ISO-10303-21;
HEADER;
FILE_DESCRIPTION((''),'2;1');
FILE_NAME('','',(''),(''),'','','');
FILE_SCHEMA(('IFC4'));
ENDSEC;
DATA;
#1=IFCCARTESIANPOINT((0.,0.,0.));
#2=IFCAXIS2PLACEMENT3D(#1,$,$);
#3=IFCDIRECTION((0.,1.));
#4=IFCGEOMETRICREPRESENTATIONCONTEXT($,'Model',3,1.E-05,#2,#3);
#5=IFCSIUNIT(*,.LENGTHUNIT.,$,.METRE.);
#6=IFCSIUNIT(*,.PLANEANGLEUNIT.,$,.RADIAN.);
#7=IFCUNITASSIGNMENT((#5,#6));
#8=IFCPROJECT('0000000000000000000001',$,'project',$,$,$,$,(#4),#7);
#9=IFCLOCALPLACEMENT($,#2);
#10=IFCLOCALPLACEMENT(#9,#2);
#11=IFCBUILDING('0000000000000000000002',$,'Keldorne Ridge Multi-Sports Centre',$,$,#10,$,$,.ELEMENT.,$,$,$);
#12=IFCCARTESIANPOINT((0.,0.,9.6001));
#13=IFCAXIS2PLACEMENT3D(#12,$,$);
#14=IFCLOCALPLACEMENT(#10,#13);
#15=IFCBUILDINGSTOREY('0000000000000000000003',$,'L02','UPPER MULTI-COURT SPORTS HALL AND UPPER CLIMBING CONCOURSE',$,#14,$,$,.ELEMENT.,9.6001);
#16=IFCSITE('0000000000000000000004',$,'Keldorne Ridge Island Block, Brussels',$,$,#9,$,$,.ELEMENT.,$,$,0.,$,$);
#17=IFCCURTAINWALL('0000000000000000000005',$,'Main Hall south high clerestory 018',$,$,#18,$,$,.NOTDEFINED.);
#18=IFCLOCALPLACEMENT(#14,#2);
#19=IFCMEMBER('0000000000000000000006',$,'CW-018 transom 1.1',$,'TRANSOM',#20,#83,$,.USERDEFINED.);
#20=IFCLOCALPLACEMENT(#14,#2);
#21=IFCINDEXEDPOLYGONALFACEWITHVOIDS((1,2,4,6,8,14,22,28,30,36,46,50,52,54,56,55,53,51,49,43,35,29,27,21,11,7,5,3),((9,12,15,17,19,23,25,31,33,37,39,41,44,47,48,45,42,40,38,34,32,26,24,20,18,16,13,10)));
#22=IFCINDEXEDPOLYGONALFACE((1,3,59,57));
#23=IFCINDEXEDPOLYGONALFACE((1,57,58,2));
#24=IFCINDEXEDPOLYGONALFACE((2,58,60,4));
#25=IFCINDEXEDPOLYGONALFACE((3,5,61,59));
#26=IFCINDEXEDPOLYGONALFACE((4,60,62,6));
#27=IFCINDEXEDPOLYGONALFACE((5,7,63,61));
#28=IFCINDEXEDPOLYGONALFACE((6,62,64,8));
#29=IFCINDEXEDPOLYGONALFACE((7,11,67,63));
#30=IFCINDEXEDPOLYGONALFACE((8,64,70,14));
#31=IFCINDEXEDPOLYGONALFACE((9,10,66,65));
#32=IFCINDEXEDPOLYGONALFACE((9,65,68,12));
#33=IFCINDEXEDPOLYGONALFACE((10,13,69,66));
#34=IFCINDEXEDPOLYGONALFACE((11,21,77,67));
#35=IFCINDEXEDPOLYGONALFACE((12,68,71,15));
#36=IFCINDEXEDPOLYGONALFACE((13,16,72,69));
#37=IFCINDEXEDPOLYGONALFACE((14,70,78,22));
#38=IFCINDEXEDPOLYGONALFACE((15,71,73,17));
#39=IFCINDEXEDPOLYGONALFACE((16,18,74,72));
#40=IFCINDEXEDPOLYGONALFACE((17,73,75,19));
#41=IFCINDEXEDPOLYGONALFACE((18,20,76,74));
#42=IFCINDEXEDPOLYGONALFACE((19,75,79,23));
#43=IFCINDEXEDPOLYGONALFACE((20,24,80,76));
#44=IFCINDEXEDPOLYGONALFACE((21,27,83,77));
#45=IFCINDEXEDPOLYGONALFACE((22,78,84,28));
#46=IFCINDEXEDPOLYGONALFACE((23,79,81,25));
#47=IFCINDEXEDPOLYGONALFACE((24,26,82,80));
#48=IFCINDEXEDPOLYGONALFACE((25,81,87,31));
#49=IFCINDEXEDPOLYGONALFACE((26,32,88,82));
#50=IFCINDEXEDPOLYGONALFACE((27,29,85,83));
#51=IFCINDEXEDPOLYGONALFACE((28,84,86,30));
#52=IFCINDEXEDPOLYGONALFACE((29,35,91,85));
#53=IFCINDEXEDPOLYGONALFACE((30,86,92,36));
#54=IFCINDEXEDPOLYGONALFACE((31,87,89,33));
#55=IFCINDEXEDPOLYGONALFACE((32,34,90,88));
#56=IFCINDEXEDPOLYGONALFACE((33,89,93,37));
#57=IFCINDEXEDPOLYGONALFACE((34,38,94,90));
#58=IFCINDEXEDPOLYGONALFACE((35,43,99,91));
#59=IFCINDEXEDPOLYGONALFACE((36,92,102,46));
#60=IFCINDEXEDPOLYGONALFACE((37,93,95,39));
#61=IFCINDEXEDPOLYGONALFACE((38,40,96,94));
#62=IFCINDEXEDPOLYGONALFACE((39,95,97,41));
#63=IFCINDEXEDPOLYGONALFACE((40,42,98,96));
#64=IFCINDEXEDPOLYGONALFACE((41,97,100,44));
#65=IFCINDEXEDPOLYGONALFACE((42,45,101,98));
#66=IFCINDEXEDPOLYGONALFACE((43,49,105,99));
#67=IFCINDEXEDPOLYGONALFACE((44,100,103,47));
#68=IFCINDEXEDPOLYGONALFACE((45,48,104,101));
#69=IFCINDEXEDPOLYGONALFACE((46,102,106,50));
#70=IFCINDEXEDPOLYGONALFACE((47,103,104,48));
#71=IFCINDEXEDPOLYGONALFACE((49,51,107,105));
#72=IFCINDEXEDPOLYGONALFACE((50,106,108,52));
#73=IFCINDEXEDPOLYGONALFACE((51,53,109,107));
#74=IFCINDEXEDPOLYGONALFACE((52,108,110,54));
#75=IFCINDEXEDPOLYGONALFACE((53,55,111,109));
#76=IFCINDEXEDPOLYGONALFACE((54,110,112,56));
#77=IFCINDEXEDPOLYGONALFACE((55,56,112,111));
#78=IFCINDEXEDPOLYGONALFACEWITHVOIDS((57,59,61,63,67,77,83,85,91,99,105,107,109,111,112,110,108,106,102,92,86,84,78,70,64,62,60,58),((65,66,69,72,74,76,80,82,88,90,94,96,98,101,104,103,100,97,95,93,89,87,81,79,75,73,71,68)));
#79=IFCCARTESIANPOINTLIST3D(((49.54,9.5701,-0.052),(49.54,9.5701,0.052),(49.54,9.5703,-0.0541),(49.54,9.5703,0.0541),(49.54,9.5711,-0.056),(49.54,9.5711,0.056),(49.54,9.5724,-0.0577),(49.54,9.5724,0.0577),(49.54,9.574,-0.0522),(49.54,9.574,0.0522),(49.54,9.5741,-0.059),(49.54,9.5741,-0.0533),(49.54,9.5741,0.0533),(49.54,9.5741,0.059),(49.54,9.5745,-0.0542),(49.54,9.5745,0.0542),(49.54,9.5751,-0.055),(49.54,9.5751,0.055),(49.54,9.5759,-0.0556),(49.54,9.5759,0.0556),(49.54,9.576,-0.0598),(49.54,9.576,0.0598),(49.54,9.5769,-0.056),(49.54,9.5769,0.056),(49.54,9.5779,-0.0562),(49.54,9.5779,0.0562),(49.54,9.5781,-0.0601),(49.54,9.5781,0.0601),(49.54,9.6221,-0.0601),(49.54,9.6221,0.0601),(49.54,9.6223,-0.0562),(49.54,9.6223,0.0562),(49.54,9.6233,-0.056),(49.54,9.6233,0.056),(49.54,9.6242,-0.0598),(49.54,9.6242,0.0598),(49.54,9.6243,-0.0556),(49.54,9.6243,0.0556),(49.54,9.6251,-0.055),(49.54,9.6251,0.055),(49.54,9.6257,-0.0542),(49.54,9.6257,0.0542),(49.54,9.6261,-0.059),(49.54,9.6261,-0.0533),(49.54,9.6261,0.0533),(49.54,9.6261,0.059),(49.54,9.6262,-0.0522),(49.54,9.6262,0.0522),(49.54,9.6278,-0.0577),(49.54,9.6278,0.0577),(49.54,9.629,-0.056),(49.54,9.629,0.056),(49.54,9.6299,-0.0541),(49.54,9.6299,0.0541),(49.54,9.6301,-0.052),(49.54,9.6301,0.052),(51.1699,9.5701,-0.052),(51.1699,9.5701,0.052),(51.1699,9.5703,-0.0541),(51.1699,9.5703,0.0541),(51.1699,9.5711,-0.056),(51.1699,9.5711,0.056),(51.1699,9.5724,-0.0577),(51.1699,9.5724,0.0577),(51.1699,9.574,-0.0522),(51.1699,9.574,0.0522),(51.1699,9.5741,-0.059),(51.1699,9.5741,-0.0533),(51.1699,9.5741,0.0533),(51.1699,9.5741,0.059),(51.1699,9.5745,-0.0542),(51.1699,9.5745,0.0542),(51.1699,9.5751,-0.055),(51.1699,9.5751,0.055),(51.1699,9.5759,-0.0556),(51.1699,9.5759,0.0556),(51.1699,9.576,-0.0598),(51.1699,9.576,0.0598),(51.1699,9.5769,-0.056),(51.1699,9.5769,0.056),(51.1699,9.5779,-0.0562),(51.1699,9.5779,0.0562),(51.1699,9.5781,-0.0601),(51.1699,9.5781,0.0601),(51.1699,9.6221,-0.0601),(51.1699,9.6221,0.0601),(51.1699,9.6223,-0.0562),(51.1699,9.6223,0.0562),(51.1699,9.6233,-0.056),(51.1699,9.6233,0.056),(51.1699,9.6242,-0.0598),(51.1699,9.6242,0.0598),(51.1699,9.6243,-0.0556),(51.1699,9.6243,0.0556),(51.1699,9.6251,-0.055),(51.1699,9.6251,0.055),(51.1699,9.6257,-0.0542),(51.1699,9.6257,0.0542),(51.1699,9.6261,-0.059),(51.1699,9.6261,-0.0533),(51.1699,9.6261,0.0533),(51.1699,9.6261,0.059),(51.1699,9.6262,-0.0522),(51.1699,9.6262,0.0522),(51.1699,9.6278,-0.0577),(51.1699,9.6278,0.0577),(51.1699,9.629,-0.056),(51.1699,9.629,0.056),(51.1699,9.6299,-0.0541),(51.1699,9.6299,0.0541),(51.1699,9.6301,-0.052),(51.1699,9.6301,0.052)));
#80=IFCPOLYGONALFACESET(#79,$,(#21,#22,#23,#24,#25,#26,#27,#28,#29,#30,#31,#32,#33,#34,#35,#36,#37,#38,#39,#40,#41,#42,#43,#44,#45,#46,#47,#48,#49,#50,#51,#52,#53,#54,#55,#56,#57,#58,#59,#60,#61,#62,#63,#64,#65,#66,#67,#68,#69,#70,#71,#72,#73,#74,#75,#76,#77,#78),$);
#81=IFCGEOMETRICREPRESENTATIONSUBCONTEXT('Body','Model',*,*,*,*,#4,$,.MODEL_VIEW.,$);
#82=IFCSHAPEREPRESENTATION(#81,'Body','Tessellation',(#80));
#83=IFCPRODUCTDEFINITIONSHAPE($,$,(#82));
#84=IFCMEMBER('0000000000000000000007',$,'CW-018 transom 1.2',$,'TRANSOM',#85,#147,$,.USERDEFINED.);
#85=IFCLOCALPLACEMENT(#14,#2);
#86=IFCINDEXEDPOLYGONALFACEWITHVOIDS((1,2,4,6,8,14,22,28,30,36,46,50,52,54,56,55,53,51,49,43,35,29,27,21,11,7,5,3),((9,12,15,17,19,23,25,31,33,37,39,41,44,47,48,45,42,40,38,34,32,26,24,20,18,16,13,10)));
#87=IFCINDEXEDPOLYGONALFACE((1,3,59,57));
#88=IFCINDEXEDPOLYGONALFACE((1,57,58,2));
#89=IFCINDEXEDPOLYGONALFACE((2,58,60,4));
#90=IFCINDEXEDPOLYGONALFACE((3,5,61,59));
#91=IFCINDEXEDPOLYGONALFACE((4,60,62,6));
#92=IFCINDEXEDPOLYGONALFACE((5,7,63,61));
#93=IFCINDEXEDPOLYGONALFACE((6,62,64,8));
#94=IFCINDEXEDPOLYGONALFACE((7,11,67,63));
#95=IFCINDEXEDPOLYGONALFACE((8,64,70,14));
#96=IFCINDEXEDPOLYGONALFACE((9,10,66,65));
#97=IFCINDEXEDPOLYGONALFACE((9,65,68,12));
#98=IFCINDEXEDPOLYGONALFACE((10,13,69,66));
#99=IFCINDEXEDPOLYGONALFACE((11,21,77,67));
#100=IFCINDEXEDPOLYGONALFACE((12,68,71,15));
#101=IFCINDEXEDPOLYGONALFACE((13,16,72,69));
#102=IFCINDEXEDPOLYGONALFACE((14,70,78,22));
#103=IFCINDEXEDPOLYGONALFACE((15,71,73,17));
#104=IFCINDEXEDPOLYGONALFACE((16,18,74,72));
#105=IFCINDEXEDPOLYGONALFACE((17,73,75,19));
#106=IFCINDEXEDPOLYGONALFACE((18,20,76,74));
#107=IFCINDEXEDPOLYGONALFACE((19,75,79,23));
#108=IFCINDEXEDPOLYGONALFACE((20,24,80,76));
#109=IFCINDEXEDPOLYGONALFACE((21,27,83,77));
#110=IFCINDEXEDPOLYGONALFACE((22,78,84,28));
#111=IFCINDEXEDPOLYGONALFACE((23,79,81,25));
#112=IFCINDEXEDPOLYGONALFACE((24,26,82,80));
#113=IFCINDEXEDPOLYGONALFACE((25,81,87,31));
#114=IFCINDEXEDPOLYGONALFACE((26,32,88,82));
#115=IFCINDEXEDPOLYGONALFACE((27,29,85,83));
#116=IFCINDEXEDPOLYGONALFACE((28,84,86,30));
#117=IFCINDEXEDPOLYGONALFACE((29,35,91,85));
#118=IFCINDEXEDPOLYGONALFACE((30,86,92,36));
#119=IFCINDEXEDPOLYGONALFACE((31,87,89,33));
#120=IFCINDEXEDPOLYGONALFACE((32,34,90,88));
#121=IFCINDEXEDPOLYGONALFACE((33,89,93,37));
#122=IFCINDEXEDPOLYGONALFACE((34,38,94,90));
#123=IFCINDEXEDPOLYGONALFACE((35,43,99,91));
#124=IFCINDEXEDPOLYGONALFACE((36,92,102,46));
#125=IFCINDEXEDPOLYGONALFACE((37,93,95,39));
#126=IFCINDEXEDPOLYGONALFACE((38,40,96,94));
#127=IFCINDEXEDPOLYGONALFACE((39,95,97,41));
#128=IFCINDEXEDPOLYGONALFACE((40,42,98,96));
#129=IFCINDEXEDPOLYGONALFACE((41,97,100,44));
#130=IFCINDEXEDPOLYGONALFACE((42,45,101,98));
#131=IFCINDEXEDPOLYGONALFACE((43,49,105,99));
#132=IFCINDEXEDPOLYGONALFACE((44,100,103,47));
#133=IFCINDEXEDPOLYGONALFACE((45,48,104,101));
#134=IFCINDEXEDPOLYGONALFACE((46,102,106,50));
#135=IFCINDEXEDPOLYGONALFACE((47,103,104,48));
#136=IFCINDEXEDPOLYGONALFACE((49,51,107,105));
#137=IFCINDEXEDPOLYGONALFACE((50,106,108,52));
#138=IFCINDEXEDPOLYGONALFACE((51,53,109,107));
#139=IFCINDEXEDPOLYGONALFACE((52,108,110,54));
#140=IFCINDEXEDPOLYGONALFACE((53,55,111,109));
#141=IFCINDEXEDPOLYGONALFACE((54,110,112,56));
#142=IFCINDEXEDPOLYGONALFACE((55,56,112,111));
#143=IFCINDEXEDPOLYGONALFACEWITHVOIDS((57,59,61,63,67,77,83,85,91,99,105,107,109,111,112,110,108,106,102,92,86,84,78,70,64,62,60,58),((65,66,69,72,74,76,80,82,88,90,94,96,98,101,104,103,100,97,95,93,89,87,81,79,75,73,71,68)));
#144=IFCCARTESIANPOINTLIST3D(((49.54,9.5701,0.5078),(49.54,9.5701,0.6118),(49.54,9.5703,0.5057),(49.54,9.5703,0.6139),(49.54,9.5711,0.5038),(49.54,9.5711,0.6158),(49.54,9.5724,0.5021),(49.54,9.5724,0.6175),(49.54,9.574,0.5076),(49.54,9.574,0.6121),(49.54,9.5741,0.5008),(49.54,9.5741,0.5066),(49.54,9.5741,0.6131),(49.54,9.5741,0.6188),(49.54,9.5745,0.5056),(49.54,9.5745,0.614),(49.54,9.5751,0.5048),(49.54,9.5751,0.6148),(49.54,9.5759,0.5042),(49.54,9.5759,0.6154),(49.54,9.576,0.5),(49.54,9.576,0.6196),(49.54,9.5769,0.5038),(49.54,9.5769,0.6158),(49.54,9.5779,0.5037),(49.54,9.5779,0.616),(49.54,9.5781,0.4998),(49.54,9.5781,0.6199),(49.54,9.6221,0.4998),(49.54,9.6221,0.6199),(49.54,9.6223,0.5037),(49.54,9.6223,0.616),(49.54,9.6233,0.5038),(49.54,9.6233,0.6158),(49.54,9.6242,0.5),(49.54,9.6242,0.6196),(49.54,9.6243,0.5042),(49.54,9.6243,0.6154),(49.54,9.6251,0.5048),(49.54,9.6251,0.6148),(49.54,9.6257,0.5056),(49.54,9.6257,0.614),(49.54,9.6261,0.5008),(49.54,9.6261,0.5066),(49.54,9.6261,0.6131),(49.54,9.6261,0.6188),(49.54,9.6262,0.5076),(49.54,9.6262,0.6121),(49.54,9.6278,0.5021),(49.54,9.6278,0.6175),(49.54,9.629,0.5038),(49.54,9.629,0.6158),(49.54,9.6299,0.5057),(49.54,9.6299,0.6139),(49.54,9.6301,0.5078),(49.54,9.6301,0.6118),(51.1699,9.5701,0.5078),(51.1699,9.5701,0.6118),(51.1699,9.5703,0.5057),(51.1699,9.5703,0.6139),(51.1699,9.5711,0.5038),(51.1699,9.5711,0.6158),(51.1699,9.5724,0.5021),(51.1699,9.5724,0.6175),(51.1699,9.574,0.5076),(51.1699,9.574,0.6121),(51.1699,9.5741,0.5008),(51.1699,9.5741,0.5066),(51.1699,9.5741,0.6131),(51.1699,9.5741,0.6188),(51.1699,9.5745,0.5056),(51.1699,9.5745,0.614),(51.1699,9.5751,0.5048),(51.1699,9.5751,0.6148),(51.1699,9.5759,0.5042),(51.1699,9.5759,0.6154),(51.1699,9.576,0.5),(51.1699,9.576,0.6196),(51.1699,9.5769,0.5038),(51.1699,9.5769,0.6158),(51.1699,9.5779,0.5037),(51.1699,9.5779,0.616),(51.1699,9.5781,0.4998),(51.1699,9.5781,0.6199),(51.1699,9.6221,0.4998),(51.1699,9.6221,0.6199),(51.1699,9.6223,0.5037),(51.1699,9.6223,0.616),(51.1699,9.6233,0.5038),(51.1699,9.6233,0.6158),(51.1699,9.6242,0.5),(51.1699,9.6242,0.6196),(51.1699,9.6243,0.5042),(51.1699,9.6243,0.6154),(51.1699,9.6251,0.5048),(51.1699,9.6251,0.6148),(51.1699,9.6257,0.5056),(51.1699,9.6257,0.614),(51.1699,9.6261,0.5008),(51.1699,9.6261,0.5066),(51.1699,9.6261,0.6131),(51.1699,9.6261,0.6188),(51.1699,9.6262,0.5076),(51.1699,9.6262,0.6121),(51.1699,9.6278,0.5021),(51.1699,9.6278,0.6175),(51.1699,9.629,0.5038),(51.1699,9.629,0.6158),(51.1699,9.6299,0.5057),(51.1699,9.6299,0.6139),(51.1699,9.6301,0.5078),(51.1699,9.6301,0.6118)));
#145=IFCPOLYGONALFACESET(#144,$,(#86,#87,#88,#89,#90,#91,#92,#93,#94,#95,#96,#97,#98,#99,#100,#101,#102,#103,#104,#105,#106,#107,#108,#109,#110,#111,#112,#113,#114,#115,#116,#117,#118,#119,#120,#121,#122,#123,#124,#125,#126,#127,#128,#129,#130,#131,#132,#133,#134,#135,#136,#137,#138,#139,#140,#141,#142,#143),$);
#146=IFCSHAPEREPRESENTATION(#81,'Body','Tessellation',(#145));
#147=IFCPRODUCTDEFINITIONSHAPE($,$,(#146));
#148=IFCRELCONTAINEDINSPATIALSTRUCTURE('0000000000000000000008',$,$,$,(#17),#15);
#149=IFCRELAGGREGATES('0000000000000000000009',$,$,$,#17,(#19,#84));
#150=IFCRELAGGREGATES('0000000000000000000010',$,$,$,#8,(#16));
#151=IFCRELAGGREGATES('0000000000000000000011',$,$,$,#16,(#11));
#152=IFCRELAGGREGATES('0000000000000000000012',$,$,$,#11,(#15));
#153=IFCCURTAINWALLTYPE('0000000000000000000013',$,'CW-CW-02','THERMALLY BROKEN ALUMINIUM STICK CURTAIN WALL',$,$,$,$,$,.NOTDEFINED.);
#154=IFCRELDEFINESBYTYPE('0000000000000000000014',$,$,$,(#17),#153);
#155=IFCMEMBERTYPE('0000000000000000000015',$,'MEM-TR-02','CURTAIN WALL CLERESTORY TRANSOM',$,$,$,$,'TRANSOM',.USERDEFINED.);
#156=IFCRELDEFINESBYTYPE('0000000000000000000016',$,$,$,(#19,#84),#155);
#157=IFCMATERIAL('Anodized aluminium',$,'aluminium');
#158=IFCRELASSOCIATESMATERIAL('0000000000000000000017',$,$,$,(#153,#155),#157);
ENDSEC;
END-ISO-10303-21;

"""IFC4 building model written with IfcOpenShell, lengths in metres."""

from ifc_helpers import new_model, si_unit, direction, frame, origin, origin_2d, place, context, subcontext, project, spatial, hollow_rectangle, extrude, material, material_profile, profile_set, type_object, element, aggregate, save


model = new_model("IFC4")

# Units and contexts
model_context = context("Model", 3, precision=1e-05, world=origin(), true_north=direction((0.0, 1.0)))
body_context = subcontext(model_context, "Body", "Model", "MODEL_VIEW")
ifc_project = project(units=[si_unit("LENGTHUNIT", "METRE"), si_unit("PLANEANGLEUNIT", "RADIAN")], contexts=[model_context])

# Site, building, storey
site_placement = place(None, origin())
site = spatial("IfcSite", under=ifc_project, at=site_placement, Name="Keldorne Ridge Island Block, Brussels", CompositionType="ELEMENT", RefElevation=0.0)
building_placement = place(site_placement, origin())
building = spatial("IfcBuilding", under=site, at=building_placement, Name="Keldorne Ridge Multi-Sports Centre", CompositionType="ELEMENT")
storey_placement = place(building_placement, frame((0.0, 0.0, 9.6001)))
storey = spatial("IfcBuildingStorey", under=building, at=storey_placement, Name="L02", Description="UPPER MULTI-COURT SPORTS HALL AND UPPER CLIMBING CONCOURSE", CompositionType="ELEMENT", Elevation=9.6001)

# Curtain wall, members
ifc_material_1 = material(Name="Anodized aluminium", Category="aluminium")
curtain_wall_type = type_object("IfcCurtainWallType", Name="CW-CW-02", Description="THERMALLY BROKEN ALUMINIUM STICK CURTAIN WALL", PredefinedType="NOTDEFINED", material=ifc_material_1)
curtain_wall_placement = place(storey_placement, origin())
curtain_wall = element("IfcCurtainWall", 1, at=curtain_wall_placement, inside=storey, type_object=curtain_wall_type, Name="Main Hall south high clerestory 018", PredefinedType="NOTDEFINED")
ifc_material_profile_1 = material_profile(ifc_material_1, hollow_rectangle(XDim=0.0601, YDim=0.1201, WallThickness=0.0039, InnerFilletRadius=0.0039, OuterFilletRadius=0.0081, at=origin_2d()), Name="ALU TRANSOM 120x60x4")
ifc_profile_set_1 = profile_set([ifc_material_profile_1], Name="Anodized aluminium")
member_type_1 = type_object("IfcMemberType", Name="MEM-TR-02", Description="CURTAIN WALL CLERESTORY TRANSOM", ElementType="TRANSOM", PredefinedType="USERDEFINED", material=ifc_profile_set_1)
member_1_placement = place(storey_placement, frame((49.54, 9.6001, 0.0), z_axis=(1.0, 0.0, 0.0), x_axis=(0.0, 1.0, 0.0)))
member_1 = element("IfcMember", 2, at=member_1_placement, type_object=member_type_1, Name="CW-018 transom 1.1", ObjectType="TRANSOM", PredefinedType="USERDEFINED", context=body_context, shape_type="SweptSolid", body=[
    extrude(hollow_rectangle(XDim=0.0601, YDim=0.1201, WallThickness=0.0039, InnerFilletRadius=0.0039, OuterFilletRadius=0.0081, at=origin_2d()), origin(), (0.0, 0.0, 1.0), 1.6299),
])
member_2_placement = place(storey_placement, frame((49.54, 9.6001, 0.5598), z_axis=(1.0, 0.0, 0.0), x_axis=(0.0, 1.0, 0.0)))
member_2 = element("IfcMember", 3, at=member_2_placement, type_object=member_type_1, Name="CW-018 transom 1.2", ObjectType="TRANSOM", PredefinedType="USERDEFINED", context=body_context, shape_type="SweptSolid", body=[
    extrude(hollow_rectangle(XDim=0.0601, YDim=0.1201, WallThickness=0.0039, InnerFilletRadius=0.0039, OuterFilletRadius=0.0081, at=origin_2d()), origin(), (0.0, 0.0, 1.0), 1.6299),
])
aggregate(curtain_wall, [member_1, member_2])

save(model, "model.ifc")
